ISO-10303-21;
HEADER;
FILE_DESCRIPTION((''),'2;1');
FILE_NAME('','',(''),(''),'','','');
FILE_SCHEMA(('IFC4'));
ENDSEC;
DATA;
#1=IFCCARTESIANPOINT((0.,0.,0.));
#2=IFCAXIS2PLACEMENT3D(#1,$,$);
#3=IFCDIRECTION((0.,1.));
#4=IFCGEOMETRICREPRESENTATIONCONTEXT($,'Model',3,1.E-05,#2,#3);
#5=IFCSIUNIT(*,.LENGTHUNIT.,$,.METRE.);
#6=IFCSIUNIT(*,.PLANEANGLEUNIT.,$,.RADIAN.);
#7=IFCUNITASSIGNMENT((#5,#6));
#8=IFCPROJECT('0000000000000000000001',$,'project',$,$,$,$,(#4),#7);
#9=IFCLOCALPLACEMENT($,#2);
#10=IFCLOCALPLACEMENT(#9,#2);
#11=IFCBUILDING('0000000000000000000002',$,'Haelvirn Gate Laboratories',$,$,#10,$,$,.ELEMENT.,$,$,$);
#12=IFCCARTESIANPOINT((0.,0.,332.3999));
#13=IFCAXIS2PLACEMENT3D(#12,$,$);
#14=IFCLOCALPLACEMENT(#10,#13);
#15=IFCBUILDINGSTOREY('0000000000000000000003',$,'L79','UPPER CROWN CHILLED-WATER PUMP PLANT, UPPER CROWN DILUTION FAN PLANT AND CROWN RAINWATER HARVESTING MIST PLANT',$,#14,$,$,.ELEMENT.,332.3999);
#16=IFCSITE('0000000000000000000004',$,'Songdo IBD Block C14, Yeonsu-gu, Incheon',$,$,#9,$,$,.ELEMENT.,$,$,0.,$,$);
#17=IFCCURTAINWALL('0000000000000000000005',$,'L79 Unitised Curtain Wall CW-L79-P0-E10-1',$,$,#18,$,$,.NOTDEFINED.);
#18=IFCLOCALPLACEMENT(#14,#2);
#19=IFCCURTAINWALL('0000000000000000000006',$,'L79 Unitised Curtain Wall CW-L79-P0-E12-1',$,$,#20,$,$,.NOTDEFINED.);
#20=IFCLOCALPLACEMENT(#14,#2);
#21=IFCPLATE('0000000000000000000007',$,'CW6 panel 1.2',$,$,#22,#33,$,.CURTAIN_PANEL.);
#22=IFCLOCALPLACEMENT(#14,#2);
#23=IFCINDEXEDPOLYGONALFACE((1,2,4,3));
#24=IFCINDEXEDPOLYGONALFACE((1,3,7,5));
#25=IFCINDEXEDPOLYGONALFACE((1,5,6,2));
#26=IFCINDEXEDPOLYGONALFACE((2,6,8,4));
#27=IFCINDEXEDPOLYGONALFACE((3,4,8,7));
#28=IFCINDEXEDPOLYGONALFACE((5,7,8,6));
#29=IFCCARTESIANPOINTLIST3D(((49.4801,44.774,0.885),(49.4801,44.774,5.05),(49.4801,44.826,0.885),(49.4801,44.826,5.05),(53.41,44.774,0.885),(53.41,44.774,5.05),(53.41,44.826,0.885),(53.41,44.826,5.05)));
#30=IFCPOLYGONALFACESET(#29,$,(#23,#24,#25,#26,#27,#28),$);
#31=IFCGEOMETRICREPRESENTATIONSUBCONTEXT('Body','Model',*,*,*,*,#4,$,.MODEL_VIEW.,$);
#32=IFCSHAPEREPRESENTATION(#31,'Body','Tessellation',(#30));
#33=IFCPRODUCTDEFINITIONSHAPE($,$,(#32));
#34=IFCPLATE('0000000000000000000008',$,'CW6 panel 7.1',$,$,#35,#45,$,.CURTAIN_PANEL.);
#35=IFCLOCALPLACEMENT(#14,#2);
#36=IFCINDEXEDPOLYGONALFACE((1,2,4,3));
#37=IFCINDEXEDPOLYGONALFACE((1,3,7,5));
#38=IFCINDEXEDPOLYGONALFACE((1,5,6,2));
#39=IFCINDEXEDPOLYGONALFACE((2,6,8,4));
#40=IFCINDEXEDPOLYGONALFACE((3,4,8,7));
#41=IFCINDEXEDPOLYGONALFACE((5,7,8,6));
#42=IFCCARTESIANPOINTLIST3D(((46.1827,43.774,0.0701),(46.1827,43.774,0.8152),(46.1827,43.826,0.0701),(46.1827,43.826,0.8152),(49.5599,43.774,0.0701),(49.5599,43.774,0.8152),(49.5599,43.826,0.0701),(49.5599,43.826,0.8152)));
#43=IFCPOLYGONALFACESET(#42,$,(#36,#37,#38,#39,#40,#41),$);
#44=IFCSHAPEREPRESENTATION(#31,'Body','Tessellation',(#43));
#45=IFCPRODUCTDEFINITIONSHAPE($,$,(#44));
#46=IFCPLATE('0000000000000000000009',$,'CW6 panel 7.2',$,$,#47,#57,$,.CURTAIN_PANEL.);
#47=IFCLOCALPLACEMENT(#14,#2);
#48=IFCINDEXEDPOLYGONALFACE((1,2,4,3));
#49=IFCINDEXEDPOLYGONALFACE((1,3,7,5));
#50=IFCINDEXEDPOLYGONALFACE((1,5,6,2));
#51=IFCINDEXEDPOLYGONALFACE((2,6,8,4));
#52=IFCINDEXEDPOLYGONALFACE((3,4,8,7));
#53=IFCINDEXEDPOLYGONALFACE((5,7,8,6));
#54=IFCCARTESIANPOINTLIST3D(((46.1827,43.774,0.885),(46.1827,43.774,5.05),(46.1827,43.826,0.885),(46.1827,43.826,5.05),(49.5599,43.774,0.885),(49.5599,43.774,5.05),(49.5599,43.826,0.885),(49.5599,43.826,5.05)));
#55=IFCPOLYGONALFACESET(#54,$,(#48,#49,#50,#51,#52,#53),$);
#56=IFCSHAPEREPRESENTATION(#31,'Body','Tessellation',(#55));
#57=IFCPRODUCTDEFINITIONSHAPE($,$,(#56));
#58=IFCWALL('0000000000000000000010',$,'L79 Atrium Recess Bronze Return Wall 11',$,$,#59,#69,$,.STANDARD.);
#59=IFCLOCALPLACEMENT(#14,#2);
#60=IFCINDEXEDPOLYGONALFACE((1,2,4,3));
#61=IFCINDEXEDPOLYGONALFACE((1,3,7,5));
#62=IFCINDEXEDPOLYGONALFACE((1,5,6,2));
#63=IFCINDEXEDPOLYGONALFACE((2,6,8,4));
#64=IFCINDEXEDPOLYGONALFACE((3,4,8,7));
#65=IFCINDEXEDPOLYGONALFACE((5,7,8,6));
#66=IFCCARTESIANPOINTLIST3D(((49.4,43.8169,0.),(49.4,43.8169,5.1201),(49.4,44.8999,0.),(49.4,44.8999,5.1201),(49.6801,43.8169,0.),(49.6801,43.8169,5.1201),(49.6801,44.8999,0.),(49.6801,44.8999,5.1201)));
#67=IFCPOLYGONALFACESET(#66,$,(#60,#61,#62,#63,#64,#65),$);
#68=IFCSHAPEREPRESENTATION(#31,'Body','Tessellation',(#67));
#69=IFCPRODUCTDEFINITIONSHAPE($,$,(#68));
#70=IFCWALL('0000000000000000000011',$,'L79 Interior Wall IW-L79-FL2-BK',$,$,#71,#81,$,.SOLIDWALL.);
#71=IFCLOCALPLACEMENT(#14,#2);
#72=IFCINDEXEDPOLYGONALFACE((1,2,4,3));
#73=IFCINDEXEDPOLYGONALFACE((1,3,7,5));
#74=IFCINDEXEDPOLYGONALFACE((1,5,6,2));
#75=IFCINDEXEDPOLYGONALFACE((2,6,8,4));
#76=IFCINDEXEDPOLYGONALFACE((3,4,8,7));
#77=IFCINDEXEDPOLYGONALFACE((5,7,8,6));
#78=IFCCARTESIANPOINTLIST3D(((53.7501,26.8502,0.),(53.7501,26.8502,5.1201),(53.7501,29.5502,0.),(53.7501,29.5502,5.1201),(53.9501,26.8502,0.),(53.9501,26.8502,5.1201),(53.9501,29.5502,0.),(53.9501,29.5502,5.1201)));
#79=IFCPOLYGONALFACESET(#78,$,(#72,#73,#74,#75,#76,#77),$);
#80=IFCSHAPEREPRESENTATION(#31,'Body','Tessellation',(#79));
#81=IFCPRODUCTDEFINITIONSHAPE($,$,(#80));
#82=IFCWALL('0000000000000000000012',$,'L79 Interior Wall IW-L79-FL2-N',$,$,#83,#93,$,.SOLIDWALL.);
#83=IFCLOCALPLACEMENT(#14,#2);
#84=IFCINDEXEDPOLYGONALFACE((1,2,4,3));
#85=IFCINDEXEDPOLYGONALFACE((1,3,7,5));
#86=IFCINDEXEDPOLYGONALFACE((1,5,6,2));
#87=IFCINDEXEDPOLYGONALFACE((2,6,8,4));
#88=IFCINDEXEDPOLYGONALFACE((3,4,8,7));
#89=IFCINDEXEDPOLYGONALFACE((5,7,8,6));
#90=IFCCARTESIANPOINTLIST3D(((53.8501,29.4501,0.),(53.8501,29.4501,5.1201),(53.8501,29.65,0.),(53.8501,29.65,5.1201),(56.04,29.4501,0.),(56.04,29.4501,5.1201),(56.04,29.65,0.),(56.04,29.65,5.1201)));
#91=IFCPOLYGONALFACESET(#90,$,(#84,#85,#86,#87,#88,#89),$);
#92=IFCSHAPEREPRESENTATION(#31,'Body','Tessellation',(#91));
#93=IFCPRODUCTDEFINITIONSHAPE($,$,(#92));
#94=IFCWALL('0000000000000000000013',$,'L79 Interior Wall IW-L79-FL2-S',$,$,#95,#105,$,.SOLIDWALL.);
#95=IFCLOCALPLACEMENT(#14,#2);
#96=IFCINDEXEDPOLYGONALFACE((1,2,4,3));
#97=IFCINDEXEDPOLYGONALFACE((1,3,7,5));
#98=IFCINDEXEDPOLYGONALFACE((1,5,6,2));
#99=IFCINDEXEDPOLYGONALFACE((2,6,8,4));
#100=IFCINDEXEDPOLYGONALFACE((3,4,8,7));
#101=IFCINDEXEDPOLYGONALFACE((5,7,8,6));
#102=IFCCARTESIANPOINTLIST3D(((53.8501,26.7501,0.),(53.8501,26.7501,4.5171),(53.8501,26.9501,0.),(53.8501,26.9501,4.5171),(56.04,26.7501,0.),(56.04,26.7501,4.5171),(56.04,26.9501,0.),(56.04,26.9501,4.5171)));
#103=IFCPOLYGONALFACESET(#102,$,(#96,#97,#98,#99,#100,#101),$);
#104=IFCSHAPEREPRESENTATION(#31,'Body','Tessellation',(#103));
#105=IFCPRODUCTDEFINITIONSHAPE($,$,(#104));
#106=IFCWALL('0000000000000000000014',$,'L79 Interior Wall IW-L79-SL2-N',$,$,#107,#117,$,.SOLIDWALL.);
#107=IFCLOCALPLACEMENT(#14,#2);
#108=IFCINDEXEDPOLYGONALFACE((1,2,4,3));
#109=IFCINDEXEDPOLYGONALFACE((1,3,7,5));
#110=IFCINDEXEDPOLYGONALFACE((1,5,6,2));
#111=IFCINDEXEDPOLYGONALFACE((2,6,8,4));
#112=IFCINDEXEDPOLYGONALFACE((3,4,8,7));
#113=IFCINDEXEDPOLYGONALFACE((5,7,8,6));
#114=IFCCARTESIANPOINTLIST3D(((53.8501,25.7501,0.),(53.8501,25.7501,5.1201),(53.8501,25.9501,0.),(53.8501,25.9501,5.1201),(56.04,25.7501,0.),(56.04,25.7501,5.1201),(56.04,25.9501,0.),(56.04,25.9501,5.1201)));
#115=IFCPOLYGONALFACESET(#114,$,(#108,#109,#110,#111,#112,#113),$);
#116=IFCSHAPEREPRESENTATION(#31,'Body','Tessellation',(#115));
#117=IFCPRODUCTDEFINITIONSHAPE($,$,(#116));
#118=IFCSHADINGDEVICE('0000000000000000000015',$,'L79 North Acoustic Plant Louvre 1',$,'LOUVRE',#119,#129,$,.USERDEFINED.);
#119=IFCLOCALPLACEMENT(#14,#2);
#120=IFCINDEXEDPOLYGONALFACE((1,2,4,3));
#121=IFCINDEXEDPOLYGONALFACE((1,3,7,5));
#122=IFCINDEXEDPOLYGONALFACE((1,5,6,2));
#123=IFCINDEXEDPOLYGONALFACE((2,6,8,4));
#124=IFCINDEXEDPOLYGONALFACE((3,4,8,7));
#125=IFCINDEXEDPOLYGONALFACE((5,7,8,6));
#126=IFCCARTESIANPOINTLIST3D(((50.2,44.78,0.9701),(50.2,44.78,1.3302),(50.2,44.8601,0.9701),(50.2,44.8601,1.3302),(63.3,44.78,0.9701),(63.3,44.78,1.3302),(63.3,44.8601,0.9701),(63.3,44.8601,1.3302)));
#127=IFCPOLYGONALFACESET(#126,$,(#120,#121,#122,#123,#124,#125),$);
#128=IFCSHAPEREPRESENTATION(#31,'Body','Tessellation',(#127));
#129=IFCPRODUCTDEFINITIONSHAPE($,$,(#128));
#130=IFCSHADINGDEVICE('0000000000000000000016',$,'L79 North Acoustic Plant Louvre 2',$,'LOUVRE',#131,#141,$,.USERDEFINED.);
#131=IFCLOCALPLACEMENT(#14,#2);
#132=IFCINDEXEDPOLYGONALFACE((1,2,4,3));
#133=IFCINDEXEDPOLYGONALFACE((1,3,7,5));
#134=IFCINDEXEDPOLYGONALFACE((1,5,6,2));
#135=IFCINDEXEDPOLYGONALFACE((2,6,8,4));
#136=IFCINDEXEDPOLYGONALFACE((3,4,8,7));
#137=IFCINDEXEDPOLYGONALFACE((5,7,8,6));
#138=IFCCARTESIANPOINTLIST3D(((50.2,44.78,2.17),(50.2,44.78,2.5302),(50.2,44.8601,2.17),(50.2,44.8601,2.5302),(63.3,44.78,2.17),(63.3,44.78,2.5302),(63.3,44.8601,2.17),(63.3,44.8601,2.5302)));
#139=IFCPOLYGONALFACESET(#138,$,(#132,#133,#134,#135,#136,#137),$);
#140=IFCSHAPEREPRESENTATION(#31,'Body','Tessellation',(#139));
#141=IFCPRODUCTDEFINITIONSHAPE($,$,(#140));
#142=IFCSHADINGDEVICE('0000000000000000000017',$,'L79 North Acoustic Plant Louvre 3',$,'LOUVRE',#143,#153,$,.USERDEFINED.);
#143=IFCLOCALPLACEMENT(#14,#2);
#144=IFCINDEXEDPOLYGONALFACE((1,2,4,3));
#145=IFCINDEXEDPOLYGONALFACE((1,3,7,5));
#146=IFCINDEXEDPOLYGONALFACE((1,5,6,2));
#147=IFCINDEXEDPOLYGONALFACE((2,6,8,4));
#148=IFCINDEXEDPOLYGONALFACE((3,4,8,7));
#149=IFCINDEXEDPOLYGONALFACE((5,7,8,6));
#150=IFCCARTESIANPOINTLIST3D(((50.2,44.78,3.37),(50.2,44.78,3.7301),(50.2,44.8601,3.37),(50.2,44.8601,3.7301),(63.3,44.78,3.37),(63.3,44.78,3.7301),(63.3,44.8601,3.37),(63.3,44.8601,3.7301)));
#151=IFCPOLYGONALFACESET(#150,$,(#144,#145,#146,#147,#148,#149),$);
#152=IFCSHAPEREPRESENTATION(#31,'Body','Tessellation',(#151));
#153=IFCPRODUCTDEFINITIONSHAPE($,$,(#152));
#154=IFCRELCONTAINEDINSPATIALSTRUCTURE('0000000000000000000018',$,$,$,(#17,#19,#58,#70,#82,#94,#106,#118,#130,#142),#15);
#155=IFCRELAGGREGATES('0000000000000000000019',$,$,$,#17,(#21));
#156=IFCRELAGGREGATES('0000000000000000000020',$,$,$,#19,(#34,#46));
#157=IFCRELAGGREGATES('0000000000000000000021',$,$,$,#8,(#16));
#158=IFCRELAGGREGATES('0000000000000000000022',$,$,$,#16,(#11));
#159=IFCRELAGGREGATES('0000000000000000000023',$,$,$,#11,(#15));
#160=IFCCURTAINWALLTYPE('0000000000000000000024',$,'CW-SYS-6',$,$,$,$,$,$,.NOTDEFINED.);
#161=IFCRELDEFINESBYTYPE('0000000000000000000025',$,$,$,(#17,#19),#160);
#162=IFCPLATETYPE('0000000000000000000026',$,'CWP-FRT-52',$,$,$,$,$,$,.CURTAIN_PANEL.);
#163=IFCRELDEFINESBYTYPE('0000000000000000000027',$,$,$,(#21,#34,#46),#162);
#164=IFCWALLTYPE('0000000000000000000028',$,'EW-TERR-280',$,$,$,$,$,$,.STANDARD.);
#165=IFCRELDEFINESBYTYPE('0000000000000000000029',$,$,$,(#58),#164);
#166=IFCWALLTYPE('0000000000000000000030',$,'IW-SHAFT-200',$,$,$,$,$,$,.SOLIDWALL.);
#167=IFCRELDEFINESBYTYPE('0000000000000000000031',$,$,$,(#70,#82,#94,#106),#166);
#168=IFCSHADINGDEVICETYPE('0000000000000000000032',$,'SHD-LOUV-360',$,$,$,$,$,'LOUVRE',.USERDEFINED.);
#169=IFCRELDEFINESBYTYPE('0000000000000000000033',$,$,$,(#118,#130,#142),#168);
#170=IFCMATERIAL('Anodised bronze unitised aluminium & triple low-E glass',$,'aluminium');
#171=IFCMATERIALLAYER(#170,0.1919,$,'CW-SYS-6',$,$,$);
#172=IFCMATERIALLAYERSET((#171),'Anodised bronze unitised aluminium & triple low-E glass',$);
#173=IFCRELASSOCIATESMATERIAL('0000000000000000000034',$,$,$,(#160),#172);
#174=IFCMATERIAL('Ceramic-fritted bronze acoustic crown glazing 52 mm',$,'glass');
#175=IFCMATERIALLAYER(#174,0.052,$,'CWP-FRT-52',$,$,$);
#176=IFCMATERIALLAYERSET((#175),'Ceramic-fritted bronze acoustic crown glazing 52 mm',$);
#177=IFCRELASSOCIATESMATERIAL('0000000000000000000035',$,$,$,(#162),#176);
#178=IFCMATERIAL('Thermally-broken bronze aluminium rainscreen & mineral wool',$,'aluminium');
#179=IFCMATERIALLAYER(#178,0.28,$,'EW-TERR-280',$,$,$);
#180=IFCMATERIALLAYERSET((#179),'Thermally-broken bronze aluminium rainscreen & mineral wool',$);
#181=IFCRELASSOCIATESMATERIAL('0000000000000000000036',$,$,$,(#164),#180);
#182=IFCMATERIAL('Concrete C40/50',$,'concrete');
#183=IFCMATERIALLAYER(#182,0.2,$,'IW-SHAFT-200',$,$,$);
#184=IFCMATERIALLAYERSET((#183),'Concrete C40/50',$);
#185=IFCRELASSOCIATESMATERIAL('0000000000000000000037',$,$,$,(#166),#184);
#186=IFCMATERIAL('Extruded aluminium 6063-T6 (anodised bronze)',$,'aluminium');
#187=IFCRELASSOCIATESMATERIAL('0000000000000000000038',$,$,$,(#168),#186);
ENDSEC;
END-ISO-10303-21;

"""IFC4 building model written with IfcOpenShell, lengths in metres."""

from ifc_helpers import new_model, si_unit, direction, frame, frame_2d, origin, origin_2d, place, context, subcontext, project, spatial, rectangle, extrude, source, transform, mapped, material, layer, layer_set, material_profile, profile_set, type_object, type_shapes, element, aggregate, save


model = new_model("IFC4")

# Units and contexts
model_context = context("Model", 3, precision=1e-05, world=origin(), true_north=direction((0.0, 1.0)))
body_context = subcontext(model_context, "Body", "Model", "MODEL_VIEW")
ifc_project = project(units=[si_unit("LENGTHUNIT", "METRE"), si_unit("PLANEANGLEUNIT", "RADIAN")], contexts=[model_context])

# Site, building, storey
site_placement = place(None, origin())
site = spatial("IfcSite", under=ifc_project, at=site_placement, Name="Songdo IBD Block C14, Yeonsu-gu, Incheon", CompositionType="ELEMENT", RefElevation=0.0)
building_placement = place(site_placement, origin())
building = spatial("IfcBuilding", under=site, at=building_placement, Name="Haelvirn Gate Laboratories", CompositionType="ELEMENT")
storey_placement = place(building_placement, frame((0.0, 0.0, 332.3999)))
storey = spatial("IfcBuildingStorey", under=building, at=storey_placement, Name="L79", Description="UPPER CROWN CHILLED-WATER PUMP PLANT, UPPER CROWN DILUTION FAN PLANT AND CROWN RAINWATER HARVESTING MIST PLANT", CompositionType="ELEMENT", Elevation=332.3999)

# Curtain wall
ifc_material_1 = material(Name="Anodised bronze unitised aluminium & triple low-E glass", Category="aluminium")
ifc_layer_1 = layer(ifc_material_1, 0.1919, Name="CW-SYS-6")
ifc_layer_set_1 = layer_set([ifc_layer_1], Name="Anodised bronze unitised aluminium & triple low-E glass")
curtain_wall_type = type_object("IfcCurtainWallType", Name="CW-SYS-6", PredefinedType="NOTDEFINED", material=ifc_layer_set_1)
curtain_wall_1_placement = place(storey_placement, origin())
curtain_wall_1 = element("IfcCurtainWall", 1, at=curtain_wall_1_placement, inside=storey, type_object=curtain_wall_type, Name="L79 Unitised Curtain Wall CW-L79-P0-E10-1", PredefinedType="NOTDEFINED")
ifc_material_2 = material(Name="Extruded aluminium 6063-T6 (anodised bronze)", Category="aluminium")

# Curtain wall
curtain_wall_2_placement = place(storey_placement, origin())
curtain_wall_2 = element("IfcCurtainWall", 2, at=curtain_wall_2_placement, inside=storey, type_object=curtain_wall_type, Name="L79 Unitised Curtain Wall CW-L79-P0-E12-1", PredefinedType="NOTDEFINED")

# Plates
ifc_material_3 = material(Name="Ceramic-fritted bronze acoustic crown glazing 52 mm", Category="glass")
ifc_layer_2 = layer(ifc_material_3, 0.052, Name="CWP-FRT-52")
ifc_layer_set_2 = layer_set([ifc_layer_2], Name="Ceramic-fritted bronze acoustic crown glazing 52 mm")
plate_type = type_object("IfcPlateType", Name="CWP-FRT-52", PredefinedType="CURTAIN_PANEL", material=ifc_layer_set_2)
shared_shape_1 = source(origin(), body_context, "Body", "SweptSolid", [
    extrude(rectangle(XDim=3.9299, YDim=0.052, at=origin_2d()), origin(), (0.0, 0.0, 1.0), 4.165),
])
plate_1_placement = place(storey_placement, frame((51.4451, 44.8, 0.885), z_axis=(0.0, 0.0, 1.0), x_axis=(1.0, 0.0, 0.0)))
plate_1 = element("IfcPlate", 3, at=plate_1_placement, type_object=plate_type, Name="CW6 panel 1.2", PredefinedType="CURTAIN_PANEL", context=body_context, shape_type="MappedRepresentation", body=[
    mapped(shared_shape_1, transform((0.0, 0.0, 0.0), scale=1.0)),
])
aggregate(curtain_wall_1, [plate_1])
shared_shape_2 = source(origin(), body_context, "Body", "SweptSolid", [
    extrude(rectangle(XDim=3.3772, YDim=0.052, at=origin_2d()), origin(), (0.0, 0.0, 1.0), 0.7451),
])
plate_2_placement = place(storey_placement, frame((47.8713, 43.8, 0.0701), z_axis=(0.0, 0.0, 1.0), x_axis=(1.0, 0.0, 0.0)))
plate_2 = element("IfcPlate", 4, at=plate_2_placement, type_object=plate_type, Name="CW6 panel 7.1", PredefinedType="CURTAIN_PANEL", context=body_context, shape_type="MappedRepresentation", body=[
    mapped(shared_shape_2, transform((0.0, 0.0, 0.0), scale=1.0)),
])
shared_shape_3 = source(origin(), body_context, "Body", "SweptSolid", [
    extrude(rectangle(XDim=3.3772, YDim=0.052, at=origin_2d()), origin(), (0.0, 0.0, 1.0), 4.165),
])
plate_3_placement = place(storey_placement, frame((47.8713, 43.8, 0.885), z_axis=(0.0, 0.0, 1.0), x_axis=(1.0, 0.0, 0.0)))
plate_3 = element("IfcPlate", 5, at=plate_3_placement, type_object=plate_type, Name="CW6 panel 7.2", PredefinedType="CURTAIN_PANEL", context=body_context, shape_type="MappedRepresentation", body=[
    mapped(shared_shape_3, transform((0.0, 0.0, 0.0), scale=1.0)),
])
aggregate(curtain_wall_2, [plate_2, plate_3])

# Walls
ifc_material_4 = material(Name="Thermally-broken bronze aluminium rainscreen & mineral wool", Category="aluminium")
ifc_layer_3 = layer(ifc_material_4, 0.28, Name="EW-TERR-280")
ifc_layer_set_3 = layer_set([ifc_layer_3], Name="Thermally-broken bronze aluminium rainscreen & mineral wool")
wall_type_1 = type_object("IfcWallType", Name="EW-TERR-280", PredefinedType="STANDARD", material=ifc_layer_set_3)
wall_1_placement = place(storey_placement, frame((49.54, 44.8999, 0.0), z_axis=(0.0, 0.0, 1.0), x_axis=(0.0, -1.0, 0.0)))
element("IfcWall", 6, at=wall_1_placement, inside=storey, type_object=wall_type_1, Name="L79 Atrium Recess Bronze Return Wall 11", PredefinedType="STANDARD", context=body_context, shape_type="SweptSolid", body=[
    extrude(rectangle(XDim=1.083, YDim=0.28, at=frame_2d((0.5415, 0.0))), origin(), (0.0, 0.0, 1.0), 5.1201),
])
ifc_material_5 = material(Name="Concrete C40/50", Category="concrete")
ifc_layer_4 = layer(ifc_material_5, 0.2, Name="IW-SHAFT-200")
ifc_layer_set_4 = layer_set([ifc_layer_4], Name="Concrete C40/50")
wall_type_2 = type_object("IfcWallType", Name="IW-SHAFT-200", PredefinedType="SOLIDWALL", material=ifc_layer_set_4)
wall_2_placement = place(storey_placement, frame((53.8501, 26.8501, 0.0), z_axis=(0.0, 0.0, 1.0), x_axis=(0.0, 1.0, 0.0)))
element("IfcWall", 7, at=wall_2_placement, inside=storey, type_object=wall_type_2, Name="L79 Interior Wall IW-L79-FL2-BK", PredefinedType="SOLIDWALL", context=body_context, shape_type="SweptSolid", body=[
    extrude(rectangle(XDim=2.7, YDim=0.2, at=frame_2d((1.3501, 0.0))), origin(), (0.0, 0.0, 1.0), 5.1201),
])
wall_3_placement = place(storey_placement, frame((53.8501, 29.55, 0.0), z_axis=(0.0, 0.0, 1.0), x_axis=(1.0, 0.0, 0.0)))
element("IfcWall", 8, at=wall_3_placement, inside=storey, type_object=wall_type_2, Name="L79 Interior Wall IW-L79-FL2-N", PredefinedType="SOLIDWALL", context=body_context, shape_type="SweptSolid", body=[
    extrude(rectangle(XDim=2.1899, YDim=0.2, at=frame_2d((1.095, 0.0))), origin(), (0.0, 0.0, 1.0), 5.1201),
])
wall_4_placement = place(storey_placement, frame((53.8501, 26.8501, 0.0), z_axis=(0.0, 0.0, 1.0), x_axis=(1.0, 0.0, 0.0)))
element("IfcWall", 9, at=wall_4_placement, inside=storey, type_object=wall_type_2, Name="L79 Interior Wall IW-L79-FL2-S", PredefinedType="SOLIDWALL", context=body_context, shape_type="SweptSolid", body=[
    extrude(rectangle(XDim=2.1899, YDim=0.2, at=frame_2d((1.095, 0.0))), origin(), (0.0, 0.0, 1.0), 4.5171),
])
wall_5_placement = place(storey_placement, frame((53.8501, 25.8501, 0.0), z_axis=(0.0, 0.0, 1.0), x_axis=(1.0, 0.0, 0.0)))
element("IfcWall", 10, at=wall_5_placement, inside=storey, type_object=wall_type_2, Name="L79 Interior Wall IW-L79-SL2-N", PredefinedType="SOLIDWALL", context=body_context, shape_type="SweptSolid", body=[
    extrude(rectangle(XDim=2.1899, YDim=0.2, at=frame_2d((1.095, 0.0))), origin(), (0.0, 0.0, 1.0), 5.1201),
])

# Shading devices
ifc_material_profile_1 = material_profile(ifc_material_2, rectangle(XDim=0.0801, YDim=0.3601, at=origin_2d()), Name="LOUV-360x80")
ifc_profile_set_1 = profile_set([ifc_material_profile_1], Name="Extruded aluminium 6063-T6 (anodised bronze)")
shading_device_type = type_object("IfcShadingDeviceType", Name="SHD-LOUV-360", ElementType="LOUVRE", PredefinedType="USERDEFINED", material=ifc_profile_set_1)
shared_shape_4 = source(origin(), body_context, "Body", "SweptSolid", [
    extrude(rectangle(XDim=0.0801, YDim=0.3601, at=origin_2d()), origin(), (0.0, 0.0, 1.0), 13.1001),
])
type_shapes(shading_device_type, [shared_shape_4])
for number, where, z_axis, x_axis, name in (
    (11, (50.2, 44.8201, 1.1501), (1.0, 0.0, 0.0), (0.0, 1.0, 0.0), "L79 North Acoustic Plant Louvre 1"),
    (12, (50.2, 44.8201, 2.3501), (1.0, 0.0, 0.0), (0.0, 1.0, 0.0), "L79 North Acoustic Plant Louvre 2"),
    (13, (50.2, 44.8201, 3.55), (1.0, 0.0, 0.0), (0.0, 1.0, 0.0), "L79 North Acoustic Plant Louvre 3"),
):
    element("IfcShadingDevice", number, at=place(storey_placement, frame(where, z_axis=z_axis, x_axis=x_axis)), inside=storey, type_object=shading_device_type, Name=name, ObjectType="LOUVRE", PredefinedType="USERDEFINED", context=body_context, shape_type="MappedRepresentation", body=[
        mapped(shared_shape_4, transform((0.0, 0.0, 0.0), scale=1.0)),
    ])

save(model, "model.ifc")
